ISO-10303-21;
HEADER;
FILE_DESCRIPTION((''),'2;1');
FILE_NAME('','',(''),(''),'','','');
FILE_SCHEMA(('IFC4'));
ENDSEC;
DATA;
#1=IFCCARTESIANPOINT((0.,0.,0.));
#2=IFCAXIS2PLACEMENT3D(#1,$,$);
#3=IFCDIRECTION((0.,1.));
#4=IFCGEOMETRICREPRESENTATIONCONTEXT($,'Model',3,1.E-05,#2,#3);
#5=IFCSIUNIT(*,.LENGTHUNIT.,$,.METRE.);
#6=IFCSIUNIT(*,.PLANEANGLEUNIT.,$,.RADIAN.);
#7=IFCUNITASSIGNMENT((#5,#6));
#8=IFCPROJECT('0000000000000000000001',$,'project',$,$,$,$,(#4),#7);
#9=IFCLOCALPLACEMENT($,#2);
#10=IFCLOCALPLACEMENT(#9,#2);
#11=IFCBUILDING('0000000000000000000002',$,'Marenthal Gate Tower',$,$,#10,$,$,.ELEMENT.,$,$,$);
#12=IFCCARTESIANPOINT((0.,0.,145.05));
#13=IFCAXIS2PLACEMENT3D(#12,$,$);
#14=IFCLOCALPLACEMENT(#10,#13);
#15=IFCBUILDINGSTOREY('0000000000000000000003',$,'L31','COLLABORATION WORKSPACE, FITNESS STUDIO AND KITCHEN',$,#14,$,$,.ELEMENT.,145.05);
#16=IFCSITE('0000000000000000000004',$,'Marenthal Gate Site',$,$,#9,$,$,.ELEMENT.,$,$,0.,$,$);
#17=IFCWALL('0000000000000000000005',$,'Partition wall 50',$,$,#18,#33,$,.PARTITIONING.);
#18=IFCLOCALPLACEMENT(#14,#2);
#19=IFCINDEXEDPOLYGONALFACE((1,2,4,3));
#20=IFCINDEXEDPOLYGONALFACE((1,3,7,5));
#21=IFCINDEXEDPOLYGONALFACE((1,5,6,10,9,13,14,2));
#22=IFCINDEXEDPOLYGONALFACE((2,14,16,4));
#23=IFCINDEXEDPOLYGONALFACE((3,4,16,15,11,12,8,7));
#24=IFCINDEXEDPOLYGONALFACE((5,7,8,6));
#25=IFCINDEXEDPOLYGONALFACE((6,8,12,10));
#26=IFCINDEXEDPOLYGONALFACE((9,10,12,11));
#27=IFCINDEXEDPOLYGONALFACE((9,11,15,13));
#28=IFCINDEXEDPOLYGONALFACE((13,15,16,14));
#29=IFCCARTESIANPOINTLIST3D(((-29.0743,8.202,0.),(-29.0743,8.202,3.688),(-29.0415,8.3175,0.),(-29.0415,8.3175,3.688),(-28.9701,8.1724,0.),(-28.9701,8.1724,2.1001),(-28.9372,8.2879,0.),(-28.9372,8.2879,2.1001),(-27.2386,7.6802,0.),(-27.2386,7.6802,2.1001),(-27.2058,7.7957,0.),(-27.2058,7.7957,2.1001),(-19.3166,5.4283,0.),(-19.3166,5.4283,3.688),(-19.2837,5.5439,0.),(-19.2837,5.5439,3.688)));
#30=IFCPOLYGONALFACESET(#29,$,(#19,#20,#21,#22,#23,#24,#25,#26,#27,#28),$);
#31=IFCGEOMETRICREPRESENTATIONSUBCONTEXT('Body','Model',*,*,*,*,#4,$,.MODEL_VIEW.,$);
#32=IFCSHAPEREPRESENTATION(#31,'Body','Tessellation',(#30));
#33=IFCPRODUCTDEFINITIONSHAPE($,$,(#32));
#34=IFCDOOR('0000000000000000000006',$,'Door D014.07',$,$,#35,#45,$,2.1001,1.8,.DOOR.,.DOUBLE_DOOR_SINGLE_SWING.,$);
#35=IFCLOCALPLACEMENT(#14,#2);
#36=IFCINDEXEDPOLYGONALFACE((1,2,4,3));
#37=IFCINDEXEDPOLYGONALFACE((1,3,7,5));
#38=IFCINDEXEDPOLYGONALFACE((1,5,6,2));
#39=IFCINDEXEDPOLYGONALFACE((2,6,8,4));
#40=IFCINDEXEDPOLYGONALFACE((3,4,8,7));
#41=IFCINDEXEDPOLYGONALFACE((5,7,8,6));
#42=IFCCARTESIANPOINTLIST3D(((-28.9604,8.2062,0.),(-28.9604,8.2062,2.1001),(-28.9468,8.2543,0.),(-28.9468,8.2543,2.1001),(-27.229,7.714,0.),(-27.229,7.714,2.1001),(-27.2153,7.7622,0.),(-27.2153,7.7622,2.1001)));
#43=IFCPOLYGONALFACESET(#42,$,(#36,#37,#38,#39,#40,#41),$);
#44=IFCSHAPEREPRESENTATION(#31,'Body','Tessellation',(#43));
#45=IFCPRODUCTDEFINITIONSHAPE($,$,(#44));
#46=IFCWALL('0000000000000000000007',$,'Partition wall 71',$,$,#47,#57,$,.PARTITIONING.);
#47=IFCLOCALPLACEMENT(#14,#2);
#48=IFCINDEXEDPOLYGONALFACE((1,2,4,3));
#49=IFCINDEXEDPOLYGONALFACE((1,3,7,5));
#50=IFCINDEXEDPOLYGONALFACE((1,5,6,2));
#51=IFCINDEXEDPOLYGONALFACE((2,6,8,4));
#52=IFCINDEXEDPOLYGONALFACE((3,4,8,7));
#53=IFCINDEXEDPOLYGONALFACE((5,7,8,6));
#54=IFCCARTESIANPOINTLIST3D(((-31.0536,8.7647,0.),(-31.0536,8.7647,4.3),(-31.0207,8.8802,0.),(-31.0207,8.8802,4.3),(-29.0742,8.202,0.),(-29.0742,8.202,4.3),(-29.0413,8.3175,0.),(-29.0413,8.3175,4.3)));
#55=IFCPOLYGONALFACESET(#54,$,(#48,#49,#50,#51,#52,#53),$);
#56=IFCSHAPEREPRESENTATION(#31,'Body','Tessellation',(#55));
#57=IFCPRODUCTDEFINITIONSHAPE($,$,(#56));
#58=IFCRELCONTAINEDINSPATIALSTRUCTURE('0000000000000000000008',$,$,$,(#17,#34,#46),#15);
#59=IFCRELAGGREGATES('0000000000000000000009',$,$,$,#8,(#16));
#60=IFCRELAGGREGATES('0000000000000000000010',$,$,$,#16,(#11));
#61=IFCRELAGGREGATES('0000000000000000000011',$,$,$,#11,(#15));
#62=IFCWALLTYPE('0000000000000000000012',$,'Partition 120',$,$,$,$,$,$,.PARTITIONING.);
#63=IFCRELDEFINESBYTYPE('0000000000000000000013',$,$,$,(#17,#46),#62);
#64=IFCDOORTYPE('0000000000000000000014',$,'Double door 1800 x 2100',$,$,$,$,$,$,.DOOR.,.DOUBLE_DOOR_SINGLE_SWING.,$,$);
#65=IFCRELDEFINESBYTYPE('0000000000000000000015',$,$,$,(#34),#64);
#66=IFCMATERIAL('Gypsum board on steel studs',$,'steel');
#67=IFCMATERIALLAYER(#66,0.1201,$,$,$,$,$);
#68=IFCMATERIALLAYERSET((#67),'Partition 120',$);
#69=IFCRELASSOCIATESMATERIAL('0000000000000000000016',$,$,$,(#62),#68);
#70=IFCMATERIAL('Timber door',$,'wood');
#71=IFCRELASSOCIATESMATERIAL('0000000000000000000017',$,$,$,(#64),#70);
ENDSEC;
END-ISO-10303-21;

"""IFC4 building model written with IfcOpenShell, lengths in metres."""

from ifc_helpers import new_model, si_unit, direction, frame, frame_2d, origin, place, context, subcontext, project, spatial, rectangle, extrude, material, layer, layer_set, type_object, element, fill, save


model = new_model("IFC4")

# Units and contexts
model_context = context("Model", 3, precision=1e-05, world=origin(), true_north=direction((0.0, 1.0)))
body_context = subcontext(model_context, "Body", "Model", "MODEL_VIEW")
ifc_project = project(units=[si_unit("LENGTHUNIT", "METRE"), si_unit("PLANEANGLEUNIT", "RADIAN")], contexts=[model_context])

# Site, building, storey
site_placement = place(None, origin())
site = spatial("IfcSite", under=ifc_project, at=site_placement, Name="Marenthal Gate Site", CompositionType="ELEMENT", RefElevation=0.0)
building_placement = place(site_placement, origin())
building = spatial("IfcBuilding", under=site, at=building_placement, Name="Marenthal Gate Tower", CompositionType="ELEMENT")
storey_placement = place(building_placement, frame((0.0, 0.0, 145.05)))
storey = spatial("IfcBuildingStorey", under=building, at=storey_placement, Name="L31", Description="COLLABORATION WORKSPACE, FITNESS STUDIO AND KITCHEN", CompositionType="ELEMENT", Elevation=145.05)

# Shared definitions
ifc_material_1 = material(Name="Gypsum board on steel studs", Category="steel")
ifc_layer_1 = layer(ifc_material_1, 0.1201)
ifc_layer_set_1 = layer_set([ifc_layer_1], Name="Partition 120")
wall_type = type_object("IfcWallType", Name="Partition 120", PredefinedType="PARTITIONING", material=ifc_layer_set_1)

# Wall, opening, door
wall_1_placement = place(storey_placement, frame((-19.3, 5.4861, 0.0), z_axis=(0.0, 0.0, 1.0), x_axis=(-0.961895, 0.273421, 0.0)))
wall_1 = element("IfcWall", 1, at=wall_1_placement, inside=storey, type_object=wall_type, Name="Partition wall 50", PredefinedType="PARTITIONING", context=body_context, shape_type="SweptSolid", body=[
    extrude(rectangle(XDim=10.1443, YDim=0.1201, at=frame_2d((5.0723, 0.0))), origin(), (0.0, 0.0, 1.0), 3.688),
])
opening_placement = place(wall_1_placement, frame((8.2361, 0.0, 0.0)))
opening = element("IfcOpeningElement", 2, at=opening_placement, cuts=wall_1, PredefinedType="OPENING", context=body_context, shape_type="SweptSolid", body=[
    extrude(rectangle(XDim=1.8, YDim=2.1001, at=frame_2d((0.8999, 1.05))), frame((0.0, 0.0701, 0.0), z_axis=(0.0, -1.0, 0.0), x_axis=(1.0, 0.0, 0.0)), (0.0, 0.0, 1.0), 0.1401),
])
ifc_material_2 = material(Name="Timber door", Category="wood")
door_type = type_object("IfcDoorType", Name="Double door 1800 x 2100", OperationType="DOUBLE_DOOR_SINGLE_SWING", PredefinedType="DOOR", material=ifc_material_2)
door_placement = place(opening_placement, origin())
door = element("IfcDoor", 3, at=door_placement, inside=storey, type_object=door_type, Name="Door D014.07", OperationType="DOUBLE_DOOR_SINGLE_SWING", OverallHeight=2.1001, OverallWidth=1.8, PredefinedType="DOOR", context=body_context, shape_type="SweptSolid", body=[
    extrude(rectangle(XDim=1.8, YDim=2.1001, at=frame_2d((0.8999, 1.05))), frame((0.0, 0.0249, 0.0), z_axis=(0.0, -1.0, 0.0), x_axis=(1.0, 0.0, 0.0)), (0.0, 0.0, 1.0), 0.05),
])
fill(opening, door)

# Wall
wall_2_placement = place(storey_placement, frame((-29.0579, 8.2598, 0.0), z_axis=(0.0, 0.0, 1.0), x_axis=(-0.961886, 0.273452, 0.0)))
element("IfcWall", 4, at=wall_2_placement, inside=storey, type_object=wall_type, Name="Partition wall 71", PredefinedType="PARTITIONING", context=body_context, shape_type="SweptSolid", body=[
    extrude(rectangle(XDim=2.0579, YDim=0.1201, at=frame_2d((1.0288, 0.0))), origin(), (0.0, 0.0, 1.0), 4.3),
])

save(model, "model.ifc")
